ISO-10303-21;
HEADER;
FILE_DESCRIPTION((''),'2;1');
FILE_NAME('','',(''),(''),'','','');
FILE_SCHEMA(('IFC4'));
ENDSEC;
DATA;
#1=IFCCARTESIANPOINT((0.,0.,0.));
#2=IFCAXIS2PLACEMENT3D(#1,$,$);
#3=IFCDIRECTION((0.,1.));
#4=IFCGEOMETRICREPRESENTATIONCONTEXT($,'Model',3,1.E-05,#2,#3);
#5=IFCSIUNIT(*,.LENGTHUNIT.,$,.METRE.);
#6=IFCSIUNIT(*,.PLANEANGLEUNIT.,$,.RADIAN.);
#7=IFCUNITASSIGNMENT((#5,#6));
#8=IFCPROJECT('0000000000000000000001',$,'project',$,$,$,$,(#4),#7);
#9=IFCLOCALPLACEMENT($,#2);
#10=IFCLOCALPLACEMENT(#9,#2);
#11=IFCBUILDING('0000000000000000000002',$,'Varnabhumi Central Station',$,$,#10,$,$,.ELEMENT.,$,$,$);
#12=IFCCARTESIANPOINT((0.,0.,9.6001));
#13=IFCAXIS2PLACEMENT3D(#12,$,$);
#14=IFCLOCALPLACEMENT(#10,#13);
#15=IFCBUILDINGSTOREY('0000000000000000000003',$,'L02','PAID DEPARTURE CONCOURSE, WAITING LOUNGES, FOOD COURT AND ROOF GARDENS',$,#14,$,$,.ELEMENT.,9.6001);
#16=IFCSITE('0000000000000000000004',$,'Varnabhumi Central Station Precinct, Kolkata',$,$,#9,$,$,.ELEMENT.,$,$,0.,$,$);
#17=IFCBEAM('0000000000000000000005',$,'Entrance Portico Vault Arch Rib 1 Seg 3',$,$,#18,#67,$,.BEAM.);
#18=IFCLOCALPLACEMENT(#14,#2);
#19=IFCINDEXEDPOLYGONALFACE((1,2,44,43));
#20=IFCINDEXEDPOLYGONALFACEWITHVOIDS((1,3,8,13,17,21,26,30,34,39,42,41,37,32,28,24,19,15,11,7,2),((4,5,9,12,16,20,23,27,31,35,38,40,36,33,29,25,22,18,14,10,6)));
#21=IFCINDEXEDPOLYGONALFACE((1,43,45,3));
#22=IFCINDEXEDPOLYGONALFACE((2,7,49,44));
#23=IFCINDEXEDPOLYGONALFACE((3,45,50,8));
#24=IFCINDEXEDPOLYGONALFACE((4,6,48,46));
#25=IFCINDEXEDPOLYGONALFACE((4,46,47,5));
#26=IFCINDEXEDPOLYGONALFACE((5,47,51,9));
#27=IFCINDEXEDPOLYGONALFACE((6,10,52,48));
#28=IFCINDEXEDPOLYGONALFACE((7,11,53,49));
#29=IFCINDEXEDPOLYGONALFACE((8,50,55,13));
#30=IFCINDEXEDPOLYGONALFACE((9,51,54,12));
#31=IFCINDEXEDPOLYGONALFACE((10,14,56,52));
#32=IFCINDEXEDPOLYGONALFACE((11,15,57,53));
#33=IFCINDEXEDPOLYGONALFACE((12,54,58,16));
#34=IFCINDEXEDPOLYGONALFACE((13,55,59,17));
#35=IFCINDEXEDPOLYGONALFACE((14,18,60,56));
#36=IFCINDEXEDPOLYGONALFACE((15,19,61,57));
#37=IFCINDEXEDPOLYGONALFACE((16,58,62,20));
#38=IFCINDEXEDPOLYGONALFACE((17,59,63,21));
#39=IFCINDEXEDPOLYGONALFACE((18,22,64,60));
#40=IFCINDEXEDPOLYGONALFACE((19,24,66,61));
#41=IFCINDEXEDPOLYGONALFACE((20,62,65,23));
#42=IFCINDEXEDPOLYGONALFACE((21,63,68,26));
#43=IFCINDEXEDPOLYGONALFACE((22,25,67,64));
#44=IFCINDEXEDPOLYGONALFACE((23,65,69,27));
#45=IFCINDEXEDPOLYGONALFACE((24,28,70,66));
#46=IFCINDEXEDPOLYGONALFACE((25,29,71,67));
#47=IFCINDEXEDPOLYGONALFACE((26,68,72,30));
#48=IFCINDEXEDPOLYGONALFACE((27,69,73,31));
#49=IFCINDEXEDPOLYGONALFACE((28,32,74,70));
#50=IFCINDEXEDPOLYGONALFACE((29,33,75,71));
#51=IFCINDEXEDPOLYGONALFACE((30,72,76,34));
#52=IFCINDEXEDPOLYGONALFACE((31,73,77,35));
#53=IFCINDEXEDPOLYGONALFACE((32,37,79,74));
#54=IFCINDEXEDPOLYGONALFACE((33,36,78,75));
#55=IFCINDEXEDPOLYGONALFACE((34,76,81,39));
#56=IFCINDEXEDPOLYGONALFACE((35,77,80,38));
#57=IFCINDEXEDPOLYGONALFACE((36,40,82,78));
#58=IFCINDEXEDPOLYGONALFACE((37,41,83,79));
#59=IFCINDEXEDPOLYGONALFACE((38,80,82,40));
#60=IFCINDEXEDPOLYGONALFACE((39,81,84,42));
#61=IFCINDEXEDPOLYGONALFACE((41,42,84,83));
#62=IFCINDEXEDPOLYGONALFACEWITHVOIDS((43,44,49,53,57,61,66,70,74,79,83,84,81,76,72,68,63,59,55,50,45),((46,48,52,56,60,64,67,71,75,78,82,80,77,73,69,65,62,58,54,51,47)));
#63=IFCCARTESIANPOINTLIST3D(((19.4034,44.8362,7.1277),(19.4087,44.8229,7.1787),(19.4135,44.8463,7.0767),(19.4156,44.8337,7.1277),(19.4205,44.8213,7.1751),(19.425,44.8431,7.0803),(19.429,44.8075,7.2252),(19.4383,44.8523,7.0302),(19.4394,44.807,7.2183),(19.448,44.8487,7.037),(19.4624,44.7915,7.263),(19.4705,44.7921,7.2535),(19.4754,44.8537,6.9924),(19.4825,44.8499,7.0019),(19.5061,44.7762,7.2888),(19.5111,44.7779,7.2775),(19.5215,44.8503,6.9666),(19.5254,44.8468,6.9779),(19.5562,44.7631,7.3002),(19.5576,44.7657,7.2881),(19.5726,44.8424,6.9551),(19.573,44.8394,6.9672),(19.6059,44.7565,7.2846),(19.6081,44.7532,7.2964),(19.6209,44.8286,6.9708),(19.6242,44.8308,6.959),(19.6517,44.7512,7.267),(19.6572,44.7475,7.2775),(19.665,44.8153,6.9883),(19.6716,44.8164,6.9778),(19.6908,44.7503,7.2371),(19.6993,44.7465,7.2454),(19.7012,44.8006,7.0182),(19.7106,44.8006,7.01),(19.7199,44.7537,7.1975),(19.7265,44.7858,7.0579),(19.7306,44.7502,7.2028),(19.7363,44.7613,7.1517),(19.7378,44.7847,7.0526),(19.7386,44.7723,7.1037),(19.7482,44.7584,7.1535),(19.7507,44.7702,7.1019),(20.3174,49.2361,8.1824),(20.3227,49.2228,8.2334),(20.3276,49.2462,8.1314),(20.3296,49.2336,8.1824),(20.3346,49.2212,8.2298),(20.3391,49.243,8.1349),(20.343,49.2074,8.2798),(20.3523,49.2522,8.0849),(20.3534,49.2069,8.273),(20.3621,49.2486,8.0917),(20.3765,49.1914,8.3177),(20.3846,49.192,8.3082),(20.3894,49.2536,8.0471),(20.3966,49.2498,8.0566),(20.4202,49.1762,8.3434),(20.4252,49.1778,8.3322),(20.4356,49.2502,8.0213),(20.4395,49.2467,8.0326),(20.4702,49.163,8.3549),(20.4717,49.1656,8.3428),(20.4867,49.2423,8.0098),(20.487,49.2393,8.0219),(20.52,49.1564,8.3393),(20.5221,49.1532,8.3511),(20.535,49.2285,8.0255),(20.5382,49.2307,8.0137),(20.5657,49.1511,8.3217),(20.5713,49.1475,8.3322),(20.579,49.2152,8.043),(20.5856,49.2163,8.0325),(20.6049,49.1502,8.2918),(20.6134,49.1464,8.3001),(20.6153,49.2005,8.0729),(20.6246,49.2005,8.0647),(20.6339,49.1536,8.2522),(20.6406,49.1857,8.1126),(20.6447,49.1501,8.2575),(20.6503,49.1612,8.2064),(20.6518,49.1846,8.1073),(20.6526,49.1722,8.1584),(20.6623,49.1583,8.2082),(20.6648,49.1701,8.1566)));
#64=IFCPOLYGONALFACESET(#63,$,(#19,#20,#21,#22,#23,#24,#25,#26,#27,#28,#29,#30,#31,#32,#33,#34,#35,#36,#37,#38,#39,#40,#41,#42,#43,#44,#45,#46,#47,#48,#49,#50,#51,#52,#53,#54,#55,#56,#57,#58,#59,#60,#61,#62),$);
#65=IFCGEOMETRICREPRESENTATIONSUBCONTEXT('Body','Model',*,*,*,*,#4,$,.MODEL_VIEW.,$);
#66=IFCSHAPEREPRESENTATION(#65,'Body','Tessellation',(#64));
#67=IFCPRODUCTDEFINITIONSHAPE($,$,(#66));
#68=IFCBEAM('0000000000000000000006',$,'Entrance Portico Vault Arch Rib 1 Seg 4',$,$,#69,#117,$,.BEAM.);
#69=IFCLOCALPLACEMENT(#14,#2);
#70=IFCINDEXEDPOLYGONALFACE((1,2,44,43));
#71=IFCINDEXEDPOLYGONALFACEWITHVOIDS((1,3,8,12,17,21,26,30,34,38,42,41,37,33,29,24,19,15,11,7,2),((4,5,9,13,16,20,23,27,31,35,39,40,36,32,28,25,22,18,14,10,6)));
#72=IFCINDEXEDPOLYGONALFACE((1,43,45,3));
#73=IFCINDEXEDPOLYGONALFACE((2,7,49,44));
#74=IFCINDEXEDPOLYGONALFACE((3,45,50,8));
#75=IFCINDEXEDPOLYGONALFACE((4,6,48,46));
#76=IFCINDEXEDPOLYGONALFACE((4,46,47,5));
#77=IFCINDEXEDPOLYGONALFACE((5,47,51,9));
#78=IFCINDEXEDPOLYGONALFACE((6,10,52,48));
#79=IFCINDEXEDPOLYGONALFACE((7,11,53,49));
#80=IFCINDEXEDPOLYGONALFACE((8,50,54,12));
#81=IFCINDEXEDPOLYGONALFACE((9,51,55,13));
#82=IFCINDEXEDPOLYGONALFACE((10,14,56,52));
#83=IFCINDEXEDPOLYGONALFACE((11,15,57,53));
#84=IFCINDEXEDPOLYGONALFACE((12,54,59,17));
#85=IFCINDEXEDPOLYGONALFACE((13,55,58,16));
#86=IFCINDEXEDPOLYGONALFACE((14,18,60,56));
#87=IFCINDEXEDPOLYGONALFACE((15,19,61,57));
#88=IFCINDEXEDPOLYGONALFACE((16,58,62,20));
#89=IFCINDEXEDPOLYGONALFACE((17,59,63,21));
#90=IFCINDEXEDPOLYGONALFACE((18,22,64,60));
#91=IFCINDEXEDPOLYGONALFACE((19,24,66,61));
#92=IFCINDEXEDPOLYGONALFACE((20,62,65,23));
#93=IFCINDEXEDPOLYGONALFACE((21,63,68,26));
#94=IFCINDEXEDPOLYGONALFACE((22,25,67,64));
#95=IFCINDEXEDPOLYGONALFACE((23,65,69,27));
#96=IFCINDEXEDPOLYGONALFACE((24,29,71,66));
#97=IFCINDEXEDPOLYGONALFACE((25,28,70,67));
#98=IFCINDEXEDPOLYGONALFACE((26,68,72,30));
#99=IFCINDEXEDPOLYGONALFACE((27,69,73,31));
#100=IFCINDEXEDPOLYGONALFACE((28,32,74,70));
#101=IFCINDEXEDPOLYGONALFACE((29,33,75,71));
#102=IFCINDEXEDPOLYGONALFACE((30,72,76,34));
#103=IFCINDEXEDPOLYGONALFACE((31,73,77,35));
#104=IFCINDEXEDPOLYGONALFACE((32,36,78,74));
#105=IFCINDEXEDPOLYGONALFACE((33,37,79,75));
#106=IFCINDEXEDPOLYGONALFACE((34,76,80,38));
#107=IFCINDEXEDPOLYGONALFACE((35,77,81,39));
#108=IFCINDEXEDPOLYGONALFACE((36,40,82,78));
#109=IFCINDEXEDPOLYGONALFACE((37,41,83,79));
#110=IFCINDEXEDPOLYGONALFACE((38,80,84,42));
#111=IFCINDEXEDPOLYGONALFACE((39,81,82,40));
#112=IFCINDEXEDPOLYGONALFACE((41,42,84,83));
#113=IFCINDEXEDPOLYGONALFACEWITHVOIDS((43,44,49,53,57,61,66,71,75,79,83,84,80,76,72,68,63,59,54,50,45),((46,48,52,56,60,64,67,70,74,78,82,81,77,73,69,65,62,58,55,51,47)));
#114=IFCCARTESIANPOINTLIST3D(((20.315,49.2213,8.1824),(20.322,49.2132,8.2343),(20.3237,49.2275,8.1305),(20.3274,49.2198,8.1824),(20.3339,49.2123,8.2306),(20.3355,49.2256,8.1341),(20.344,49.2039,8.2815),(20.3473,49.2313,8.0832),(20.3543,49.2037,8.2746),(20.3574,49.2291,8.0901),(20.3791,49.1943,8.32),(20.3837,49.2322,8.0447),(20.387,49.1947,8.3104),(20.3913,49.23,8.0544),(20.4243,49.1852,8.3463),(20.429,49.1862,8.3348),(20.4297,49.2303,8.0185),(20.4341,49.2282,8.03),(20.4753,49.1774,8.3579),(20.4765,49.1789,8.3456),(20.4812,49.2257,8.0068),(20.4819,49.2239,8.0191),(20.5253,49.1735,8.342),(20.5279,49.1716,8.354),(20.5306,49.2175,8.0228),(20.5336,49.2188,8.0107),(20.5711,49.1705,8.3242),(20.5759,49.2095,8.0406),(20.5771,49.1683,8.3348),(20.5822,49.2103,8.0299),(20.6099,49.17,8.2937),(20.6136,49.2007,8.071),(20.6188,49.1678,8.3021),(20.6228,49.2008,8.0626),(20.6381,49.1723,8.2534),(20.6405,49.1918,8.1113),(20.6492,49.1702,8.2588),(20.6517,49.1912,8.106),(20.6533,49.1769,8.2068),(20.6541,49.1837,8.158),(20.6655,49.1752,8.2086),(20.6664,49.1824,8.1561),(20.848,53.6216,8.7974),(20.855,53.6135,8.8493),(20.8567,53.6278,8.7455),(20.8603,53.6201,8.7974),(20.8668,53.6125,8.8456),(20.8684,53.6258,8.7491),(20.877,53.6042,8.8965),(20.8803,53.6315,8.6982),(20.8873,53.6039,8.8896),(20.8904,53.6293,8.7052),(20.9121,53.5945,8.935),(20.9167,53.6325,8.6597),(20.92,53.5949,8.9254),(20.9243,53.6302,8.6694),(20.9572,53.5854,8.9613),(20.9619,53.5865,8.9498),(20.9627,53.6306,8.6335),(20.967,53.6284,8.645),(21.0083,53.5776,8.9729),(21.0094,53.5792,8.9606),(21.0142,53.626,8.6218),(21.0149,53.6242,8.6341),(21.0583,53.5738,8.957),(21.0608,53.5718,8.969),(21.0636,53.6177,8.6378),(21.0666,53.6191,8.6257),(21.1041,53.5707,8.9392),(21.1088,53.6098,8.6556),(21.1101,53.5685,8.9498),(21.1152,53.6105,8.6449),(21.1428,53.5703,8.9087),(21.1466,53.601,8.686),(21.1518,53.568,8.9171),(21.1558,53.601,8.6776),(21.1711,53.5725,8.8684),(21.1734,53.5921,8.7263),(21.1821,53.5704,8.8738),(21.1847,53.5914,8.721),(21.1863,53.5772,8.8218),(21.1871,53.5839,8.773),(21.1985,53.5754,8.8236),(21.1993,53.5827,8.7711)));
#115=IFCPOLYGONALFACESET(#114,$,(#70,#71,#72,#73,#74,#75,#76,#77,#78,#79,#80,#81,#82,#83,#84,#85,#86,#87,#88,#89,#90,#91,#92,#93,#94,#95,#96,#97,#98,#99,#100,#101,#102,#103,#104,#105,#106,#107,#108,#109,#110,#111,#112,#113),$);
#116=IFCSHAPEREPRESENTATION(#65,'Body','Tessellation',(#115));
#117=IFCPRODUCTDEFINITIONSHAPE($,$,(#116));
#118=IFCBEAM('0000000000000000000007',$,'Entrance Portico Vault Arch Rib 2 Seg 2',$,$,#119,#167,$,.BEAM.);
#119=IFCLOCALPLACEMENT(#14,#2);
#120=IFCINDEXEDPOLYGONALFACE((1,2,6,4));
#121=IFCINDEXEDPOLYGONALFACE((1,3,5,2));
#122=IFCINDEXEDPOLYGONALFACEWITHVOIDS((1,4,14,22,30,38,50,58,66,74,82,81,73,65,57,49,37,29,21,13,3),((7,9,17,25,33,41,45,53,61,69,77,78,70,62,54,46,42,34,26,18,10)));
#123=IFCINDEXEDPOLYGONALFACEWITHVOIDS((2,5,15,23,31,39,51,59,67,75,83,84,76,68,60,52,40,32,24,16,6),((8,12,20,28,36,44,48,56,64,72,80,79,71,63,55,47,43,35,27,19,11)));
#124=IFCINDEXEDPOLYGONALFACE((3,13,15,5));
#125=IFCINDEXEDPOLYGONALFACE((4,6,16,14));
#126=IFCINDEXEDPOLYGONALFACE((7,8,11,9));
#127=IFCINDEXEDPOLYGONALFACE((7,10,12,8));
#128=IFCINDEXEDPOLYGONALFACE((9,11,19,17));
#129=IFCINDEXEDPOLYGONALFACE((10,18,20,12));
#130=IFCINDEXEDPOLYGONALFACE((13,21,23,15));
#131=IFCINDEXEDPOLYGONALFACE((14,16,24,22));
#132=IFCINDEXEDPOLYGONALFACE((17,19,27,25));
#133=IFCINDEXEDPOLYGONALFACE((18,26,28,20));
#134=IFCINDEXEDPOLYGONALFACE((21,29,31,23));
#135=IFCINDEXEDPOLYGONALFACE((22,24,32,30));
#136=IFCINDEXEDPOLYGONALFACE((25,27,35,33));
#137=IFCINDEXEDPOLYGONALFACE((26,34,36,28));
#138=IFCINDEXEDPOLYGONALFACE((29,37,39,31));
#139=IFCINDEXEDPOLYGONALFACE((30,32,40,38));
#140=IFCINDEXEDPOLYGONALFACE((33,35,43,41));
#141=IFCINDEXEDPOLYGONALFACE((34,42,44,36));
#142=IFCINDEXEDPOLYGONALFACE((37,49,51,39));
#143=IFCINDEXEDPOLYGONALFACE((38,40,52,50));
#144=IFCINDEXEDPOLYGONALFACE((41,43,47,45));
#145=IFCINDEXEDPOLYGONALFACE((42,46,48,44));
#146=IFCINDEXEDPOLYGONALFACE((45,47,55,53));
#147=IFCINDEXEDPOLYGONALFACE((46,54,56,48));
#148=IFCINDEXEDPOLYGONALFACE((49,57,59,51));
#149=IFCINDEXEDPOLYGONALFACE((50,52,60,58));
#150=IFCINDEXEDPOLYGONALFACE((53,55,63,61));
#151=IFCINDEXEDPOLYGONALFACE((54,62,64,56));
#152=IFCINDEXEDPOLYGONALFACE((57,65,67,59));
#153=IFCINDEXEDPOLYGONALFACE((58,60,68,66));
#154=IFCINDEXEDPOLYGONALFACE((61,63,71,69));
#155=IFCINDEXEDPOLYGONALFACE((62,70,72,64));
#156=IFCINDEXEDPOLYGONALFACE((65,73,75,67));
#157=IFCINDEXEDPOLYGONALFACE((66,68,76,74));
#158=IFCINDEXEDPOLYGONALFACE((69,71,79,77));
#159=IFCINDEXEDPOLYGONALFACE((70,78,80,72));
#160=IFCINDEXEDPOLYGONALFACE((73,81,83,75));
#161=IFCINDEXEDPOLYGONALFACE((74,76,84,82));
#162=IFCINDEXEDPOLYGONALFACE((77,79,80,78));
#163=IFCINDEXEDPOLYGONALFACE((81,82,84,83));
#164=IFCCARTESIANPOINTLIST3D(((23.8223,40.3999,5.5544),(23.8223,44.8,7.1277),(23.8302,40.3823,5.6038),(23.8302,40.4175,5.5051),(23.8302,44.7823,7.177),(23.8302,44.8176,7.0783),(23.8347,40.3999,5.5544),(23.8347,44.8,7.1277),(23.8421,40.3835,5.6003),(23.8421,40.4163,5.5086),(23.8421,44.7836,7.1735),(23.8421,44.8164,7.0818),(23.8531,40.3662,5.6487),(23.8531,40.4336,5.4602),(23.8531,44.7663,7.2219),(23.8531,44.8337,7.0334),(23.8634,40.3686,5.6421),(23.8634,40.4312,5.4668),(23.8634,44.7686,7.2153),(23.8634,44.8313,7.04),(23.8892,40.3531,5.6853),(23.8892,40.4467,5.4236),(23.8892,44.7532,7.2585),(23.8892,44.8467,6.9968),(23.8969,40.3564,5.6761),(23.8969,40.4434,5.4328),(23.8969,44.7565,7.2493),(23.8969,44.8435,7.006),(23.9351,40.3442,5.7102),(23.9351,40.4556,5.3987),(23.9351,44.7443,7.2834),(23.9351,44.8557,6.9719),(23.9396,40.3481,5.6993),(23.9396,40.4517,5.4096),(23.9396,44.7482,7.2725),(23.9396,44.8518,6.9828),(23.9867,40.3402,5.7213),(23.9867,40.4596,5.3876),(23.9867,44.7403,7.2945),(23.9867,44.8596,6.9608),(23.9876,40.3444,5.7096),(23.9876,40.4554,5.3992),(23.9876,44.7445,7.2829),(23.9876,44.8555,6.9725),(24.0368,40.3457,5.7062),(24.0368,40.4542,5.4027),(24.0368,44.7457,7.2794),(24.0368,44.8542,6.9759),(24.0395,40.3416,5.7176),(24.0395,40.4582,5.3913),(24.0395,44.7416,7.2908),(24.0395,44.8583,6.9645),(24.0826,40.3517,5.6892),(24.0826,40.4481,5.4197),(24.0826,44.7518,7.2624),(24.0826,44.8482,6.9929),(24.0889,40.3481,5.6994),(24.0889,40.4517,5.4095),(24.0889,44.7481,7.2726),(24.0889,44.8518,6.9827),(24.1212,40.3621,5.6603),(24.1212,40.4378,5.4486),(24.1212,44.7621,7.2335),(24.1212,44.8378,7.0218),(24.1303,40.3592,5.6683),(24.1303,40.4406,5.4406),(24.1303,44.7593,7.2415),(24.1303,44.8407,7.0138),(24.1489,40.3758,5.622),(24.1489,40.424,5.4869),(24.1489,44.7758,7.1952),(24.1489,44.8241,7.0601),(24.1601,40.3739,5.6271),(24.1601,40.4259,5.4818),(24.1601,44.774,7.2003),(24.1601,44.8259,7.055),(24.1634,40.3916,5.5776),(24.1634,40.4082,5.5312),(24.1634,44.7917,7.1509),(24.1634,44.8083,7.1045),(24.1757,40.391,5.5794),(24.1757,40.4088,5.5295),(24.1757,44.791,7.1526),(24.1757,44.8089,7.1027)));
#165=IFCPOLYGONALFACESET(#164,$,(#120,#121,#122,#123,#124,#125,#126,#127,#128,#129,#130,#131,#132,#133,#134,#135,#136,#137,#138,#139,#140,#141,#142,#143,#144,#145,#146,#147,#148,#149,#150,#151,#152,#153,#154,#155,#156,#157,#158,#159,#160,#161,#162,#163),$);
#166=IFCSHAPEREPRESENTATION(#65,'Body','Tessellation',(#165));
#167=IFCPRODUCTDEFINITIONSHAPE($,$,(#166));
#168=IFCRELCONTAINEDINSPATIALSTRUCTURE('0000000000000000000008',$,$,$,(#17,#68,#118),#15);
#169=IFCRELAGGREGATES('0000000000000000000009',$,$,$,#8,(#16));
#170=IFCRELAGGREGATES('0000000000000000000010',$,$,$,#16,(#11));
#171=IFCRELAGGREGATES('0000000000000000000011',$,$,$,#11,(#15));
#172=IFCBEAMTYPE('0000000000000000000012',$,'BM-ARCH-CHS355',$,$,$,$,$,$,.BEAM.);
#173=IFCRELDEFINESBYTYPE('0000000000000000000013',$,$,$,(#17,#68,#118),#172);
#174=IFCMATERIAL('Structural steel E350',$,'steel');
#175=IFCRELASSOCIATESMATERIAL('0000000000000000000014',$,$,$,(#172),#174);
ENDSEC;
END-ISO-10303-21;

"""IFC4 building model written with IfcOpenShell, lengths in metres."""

from ifc_helpers import new_model, si_unit, direction, frame, origin, origin_2d, place, context, subcontext, project, spatial, hollow_circle, extrude, material, material_profile, profile_set, type_object, element, save


model = new_model("IFC4")

# Units and contexts
model_context = context("Model", 3, precision=1e-05, world=origin(), true_north=direction((0.0, 1.0)))
body_context = subcontext(model_context, "Body", "Model", "MODEL_VIEW")
ifc_project = project(units=[si_unit("LENGTHUNIT", "METRE"), si_unit("PLANEANGLEUNIT", "RADIAN")], contexts=[model_context])

# Site, building, storey
site_placement = place(None, origin())
site = spatial("IfcSite", under=ifc_project, at=site_placement, Name="Varnabhumi Central Station Precinct, Kolkata", CompositionType="ELEMENT", RefElevation=0.0)
building_placement = place(site_placement, origin())
building = spatial("IfcBuilding", under=site, at=building_placement, Name="Varnabhumi Central Station", CompositionType="ELEMENT")
storey_placement = place(building_placement, frame((0.0, 0.0, 9.6001)))
storey = spatial("IfcBuildingStorey", under=building, at=storey_placement, Name="L02", Description="PAID DEPARTURE CONCOURSE, WAITING LOUNGES, FOOD COURT AND ROOF GARDENS", CompositionType="ELEMENT", Elevation=9.6001)

# Beams
ifc_material_1 = material(Name="Structural steel E350", Category="steel")
ifc_material_profile_1 = material_profile(ifc_material_1, hollow_circle(Radius=0.1777, WallThickness=0.0125, at=origin_2d()), Name="Structural steel E350", Category="steel")
ifc_profile_set_1 = profile_set([ifc_material_profile_1], Name="Structural steel E350")
beam_type_1 = type_object("IfcBeamType", Name="BM-ARCH-CHS355", PredefinedType="BEAM", material=ifc_profile_set_1)
beam_1_placement = place(storey_placement, frame((19.5774, 44.8, 7.1277), z_axis=(0.198023, 0.953195, 0.228488), x_axis=(-0.979095, 0.203403, 0.0)))
element("IfcBeam", 1, at=beam_1_placement, inside=storey, type_object=beam_type_1, Name="Entrance Portico Vault Arch Rib 1 Seg 3", PredefinedType="BEAM", context=body_context, shape_type="SweptSolid", body=[
    extrude(hollow_circle(Radius=0.1777, WallThickness=0.0125, at=origin_2d()), origin(), (0.0, 0.0, 1.0), 4.616),
])
beam_2_placement = place(storey_placement, frame((20.4915, 49.2, 8.1824), z_axis=(0.119103, 0.983324, 0.137435), x_axis=(-0.992744, 0.120244, 0.0)))
element("IfcBeam", 2, at=beam_2_placement, inside=storey, type_object=beam_type_1, Name="Entrance Portico Vault Arch Rib 1 Seg 4", PredefinedType="BEAM", context=body_context, shape_type="SweptSolid", body=[
    extrude(hollow_circle(Radius=0.1777, WallThickness=0.0125, at=origin_2d()), origin(), (0.0, 0.0, 1.0), 4.4749),
])
beam_3_placement = place(storey_placement, frame((24.0, 40.3999, 5.5544), z_axis=(0.0, 0.941622, 0.336671), x_axis=(-1.0, 0.0, 0.0)))
element("IfcBeam", 3, at=beam_3_placement, inside=storey, type_object=beam_type_1, Name="Entrance Portico Vault Arch Rib 2 Seg 2", PredefinedType="BEAM", context=body_context, shape_type="SweptSolid", body=[
    extrude(hollow_circle(Radius=0.1777, WallThickness=0.0125, at=origin_2d()), origin(), (0.0, 0.0, 1.0), 4.6729),
])

save(model, "model.ifc")
